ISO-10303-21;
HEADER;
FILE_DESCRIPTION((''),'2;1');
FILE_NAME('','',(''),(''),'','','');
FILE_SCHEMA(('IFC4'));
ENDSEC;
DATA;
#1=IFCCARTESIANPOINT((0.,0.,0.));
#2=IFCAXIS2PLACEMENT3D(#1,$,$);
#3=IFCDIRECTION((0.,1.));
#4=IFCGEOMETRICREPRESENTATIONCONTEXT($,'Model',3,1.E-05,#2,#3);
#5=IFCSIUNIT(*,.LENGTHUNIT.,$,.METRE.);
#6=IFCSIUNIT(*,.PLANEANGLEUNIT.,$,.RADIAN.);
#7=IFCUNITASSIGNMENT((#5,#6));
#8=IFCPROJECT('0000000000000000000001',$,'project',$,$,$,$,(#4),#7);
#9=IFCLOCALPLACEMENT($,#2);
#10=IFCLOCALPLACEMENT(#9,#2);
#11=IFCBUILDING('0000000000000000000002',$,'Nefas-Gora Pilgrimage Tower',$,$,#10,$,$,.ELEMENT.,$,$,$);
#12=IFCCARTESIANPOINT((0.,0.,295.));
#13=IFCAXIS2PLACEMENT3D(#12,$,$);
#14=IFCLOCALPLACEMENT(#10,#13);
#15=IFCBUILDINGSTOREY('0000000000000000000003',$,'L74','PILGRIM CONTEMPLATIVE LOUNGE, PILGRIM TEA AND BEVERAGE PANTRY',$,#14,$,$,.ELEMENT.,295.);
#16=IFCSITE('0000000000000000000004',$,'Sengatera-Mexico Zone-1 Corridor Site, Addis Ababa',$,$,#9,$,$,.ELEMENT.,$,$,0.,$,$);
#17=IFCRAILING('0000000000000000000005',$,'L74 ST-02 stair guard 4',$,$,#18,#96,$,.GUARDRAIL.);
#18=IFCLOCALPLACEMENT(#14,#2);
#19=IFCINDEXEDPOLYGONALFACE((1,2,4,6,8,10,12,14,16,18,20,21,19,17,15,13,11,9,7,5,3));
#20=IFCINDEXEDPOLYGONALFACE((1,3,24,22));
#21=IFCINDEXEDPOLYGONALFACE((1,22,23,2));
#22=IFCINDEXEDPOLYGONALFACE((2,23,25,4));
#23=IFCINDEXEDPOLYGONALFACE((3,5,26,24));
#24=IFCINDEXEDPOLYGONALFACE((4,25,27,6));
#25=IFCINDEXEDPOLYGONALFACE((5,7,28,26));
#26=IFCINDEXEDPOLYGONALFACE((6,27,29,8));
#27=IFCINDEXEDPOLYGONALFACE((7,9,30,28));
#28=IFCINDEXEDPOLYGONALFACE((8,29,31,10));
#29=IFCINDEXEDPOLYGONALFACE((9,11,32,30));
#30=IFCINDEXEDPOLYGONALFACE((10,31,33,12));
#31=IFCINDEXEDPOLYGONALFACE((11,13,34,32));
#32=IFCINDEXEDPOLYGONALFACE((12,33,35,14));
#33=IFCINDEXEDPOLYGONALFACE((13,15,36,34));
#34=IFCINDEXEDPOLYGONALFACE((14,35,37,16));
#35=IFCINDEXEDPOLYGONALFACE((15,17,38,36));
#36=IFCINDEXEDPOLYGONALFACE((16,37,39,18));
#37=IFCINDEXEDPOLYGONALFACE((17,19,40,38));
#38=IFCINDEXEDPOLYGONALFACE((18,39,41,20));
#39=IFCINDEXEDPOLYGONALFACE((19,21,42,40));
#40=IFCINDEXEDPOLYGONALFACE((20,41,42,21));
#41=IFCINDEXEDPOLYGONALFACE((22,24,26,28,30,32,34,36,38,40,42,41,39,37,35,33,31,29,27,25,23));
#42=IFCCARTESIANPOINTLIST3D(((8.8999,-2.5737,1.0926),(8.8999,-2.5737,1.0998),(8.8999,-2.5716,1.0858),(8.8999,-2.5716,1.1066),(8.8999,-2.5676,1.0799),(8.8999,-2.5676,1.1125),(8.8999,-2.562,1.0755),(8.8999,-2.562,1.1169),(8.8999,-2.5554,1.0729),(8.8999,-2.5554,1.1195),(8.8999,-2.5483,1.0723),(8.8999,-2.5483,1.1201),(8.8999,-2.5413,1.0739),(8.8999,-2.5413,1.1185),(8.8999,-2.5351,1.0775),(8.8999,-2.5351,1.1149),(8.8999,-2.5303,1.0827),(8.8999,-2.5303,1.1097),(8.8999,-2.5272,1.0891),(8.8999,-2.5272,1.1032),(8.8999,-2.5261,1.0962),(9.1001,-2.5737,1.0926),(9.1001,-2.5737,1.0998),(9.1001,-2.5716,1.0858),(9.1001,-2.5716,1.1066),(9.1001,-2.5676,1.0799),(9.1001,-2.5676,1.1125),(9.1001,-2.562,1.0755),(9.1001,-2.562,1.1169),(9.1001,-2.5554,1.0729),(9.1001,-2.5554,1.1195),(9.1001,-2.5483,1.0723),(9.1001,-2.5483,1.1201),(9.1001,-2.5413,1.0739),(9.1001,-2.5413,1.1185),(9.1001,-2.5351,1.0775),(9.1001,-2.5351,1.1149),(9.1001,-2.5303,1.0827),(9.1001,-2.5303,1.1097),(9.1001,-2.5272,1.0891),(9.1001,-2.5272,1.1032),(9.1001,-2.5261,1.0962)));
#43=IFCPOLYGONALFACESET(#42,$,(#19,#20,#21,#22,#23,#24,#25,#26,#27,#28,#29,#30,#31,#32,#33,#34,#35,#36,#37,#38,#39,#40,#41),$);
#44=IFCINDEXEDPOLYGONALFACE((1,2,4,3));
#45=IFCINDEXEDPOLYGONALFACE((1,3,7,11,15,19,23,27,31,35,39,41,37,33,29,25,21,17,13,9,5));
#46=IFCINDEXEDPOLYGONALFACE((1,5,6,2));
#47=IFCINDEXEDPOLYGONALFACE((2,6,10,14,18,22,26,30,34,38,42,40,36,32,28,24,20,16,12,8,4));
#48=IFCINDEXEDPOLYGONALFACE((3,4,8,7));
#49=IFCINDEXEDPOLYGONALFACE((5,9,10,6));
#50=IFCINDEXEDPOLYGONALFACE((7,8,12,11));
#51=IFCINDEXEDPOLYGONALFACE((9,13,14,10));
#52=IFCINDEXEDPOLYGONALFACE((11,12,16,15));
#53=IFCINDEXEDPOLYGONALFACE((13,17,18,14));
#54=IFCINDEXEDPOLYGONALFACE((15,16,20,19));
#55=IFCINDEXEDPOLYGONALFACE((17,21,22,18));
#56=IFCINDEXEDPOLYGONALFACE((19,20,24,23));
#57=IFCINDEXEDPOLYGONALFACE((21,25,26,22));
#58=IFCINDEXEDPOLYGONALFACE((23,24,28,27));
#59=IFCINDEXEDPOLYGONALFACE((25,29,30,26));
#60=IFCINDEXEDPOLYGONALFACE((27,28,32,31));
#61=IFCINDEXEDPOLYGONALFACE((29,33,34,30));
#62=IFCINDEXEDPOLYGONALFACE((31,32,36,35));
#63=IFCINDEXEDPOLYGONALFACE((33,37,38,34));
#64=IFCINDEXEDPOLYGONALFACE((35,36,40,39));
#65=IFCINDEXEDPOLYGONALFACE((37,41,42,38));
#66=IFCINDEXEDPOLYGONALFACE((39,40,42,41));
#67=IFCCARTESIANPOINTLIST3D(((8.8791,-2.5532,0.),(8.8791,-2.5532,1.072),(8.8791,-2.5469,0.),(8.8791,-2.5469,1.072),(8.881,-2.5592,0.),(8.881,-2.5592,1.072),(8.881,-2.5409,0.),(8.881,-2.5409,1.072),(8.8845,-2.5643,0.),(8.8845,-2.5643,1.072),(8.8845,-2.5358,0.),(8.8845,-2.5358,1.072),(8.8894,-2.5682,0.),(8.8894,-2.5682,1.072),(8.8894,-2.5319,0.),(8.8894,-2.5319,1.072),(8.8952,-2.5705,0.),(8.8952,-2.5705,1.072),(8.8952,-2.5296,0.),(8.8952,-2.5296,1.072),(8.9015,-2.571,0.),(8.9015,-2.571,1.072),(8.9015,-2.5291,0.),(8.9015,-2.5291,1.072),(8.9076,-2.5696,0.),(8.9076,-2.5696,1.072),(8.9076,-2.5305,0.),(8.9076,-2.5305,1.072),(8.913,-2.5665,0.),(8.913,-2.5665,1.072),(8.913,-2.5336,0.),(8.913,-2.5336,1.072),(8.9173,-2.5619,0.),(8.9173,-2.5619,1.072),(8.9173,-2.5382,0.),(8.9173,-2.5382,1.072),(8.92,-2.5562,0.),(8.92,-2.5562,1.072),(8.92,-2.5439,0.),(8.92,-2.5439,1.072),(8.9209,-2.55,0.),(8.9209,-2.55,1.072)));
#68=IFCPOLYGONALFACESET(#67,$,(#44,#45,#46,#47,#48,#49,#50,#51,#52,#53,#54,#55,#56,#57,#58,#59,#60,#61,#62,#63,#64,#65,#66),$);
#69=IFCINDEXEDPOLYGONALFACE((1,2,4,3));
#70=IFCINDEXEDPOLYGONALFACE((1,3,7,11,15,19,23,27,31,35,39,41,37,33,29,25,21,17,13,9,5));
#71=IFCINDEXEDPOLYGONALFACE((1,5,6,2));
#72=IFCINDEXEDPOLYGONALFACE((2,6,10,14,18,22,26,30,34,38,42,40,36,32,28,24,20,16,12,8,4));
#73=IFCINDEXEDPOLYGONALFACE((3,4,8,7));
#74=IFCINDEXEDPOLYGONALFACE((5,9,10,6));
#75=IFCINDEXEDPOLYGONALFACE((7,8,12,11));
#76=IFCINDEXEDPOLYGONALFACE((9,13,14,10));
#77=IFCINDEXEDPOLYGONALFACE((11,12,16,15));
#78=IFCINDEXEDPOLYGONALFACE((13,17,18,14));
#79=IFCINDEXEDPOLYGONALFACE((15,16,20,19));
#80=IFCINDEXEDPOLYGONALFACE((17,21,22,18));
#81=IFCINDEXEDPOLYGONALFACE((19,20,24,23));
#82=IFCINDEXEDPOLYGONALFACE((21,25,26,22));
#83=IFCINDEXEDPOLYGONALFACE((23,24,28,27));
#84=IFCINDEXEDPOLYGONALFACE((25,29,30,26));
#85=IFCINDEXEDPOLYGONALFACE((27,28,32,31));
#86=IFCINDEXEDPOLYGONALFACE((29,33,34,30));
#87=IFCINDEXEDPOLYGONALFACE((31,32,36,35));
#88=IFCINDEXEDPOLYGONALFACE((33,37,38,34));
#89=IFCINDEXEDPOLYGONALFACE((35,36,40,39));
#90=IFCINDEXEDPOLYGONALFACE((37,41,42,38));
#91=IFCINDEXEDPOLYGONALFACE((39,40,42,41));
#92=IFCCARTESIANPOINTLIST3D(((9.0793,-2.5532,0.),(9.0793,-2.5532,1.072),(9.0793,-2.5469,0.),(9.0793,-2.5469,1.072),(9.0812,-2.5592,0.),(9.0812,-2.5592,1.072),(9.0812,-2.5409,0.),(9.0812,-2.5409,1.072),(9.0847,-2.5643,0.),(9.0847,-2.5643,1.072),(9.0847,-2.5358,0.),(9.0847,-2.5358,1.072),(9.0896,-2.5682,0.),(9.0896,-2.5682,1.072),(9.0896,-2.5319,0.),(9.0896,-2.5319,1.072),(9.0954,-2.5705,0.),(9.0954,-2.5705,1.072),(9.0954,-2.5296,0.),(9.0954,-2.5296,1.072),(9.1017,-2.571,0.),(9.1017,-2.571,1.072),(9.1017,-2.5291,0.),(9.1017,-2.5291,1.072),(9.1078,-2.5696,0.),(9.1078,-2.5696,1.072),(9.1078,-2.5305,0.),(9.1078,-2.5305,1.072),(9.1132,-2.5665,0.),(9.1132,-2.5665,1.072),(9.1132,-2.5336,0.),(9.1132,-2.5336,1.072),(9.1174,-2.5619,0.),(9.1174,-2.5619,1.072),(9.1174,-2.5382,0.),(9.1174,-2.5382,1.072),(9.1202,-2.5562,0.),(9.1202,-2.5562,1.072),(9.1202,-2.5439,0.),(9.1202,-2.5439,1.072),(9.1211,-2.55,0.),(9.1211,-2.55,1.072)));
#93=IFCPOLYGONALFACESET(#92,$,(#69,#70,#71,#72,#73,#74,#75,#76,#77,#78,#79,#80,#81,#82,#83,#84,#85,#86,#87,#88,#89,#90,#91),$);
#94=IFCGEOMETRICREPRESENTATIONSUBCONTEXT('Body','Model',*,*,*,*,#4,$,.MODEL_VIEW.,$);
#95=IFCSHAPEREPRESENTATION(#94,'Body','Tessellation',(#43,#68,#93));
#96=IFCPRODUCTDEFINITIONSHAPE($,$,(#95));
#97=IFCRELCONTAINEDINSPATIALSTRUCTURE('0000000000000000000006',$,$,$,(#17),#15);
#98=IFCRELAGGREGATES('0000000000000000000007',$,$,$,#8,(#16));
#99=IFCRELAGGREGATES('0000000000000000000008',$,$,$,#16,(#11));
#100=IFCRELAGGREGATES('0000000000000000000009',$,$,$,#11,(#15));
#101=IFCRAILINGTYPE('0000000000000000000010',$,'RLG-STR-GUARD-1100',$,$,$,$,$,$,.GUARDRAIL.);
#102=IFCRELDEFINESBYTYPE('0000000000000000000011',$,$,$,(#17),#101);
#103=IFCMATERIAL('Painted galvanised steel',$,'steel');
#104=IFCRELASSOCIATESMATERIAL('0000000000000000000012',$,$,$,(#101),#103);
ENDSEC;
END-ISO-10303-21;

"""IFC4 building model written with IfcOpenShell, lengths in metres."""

from ifc_helpers import new_model, si_unit, direction, frame, origin, origin_2d, place, context, subcontext, project, spatial, circle, extrude, material, type_object, element, save


model = new_model("IFC4")

# Units and contexts
model_context = context("Model", 3, precision=1e-05, world=origin(), true_north=direction((0.0, 1.0)))
body_context = subcontext(model_context, "Body", "Model", "MODEL_VIEW")
ifc_project = project(units=[si_unit("LENGTHUNIT", "METRE"), si_unit("PLANEANGLEUNIT", "RADIAN")], contexts=[model_context])

# Site, building, storey
site_placement = place(None, origin())
site = spatial("IfcSite", under=ifc_project, at=site_placement, Name="Sengatera-Mexico Zone-1 Corridor Site, Addis Ababa", CompositionType="ELEMENT", RefElevation=0.0)
building_placement = place(site_placement, origin())
building = spatial("IfcBuilding", under=site, at=building_placement, Name="Nefas-Gora Pilgrimage Tower", CompositionType="ELEMENT")
storey_placement = place(building_placement, frame((0.0, 0.0, 295.0)))
storey = spatial("IfcBuildingStorey", under=building, at=storey_placement, Name="L74", Description="PILGRIM CONTEMPLATIVE LOUNGE, PILGRIM TEA AND BEVERAGE PANTRY", CompositionType="ELEMENT", Elevation=295.0)

# Railing
ifc_material_1 = material(Name="Painted galvanised steel", Category="steel")
railing_type_1 = type_object("IfcRailingType", Name="RLG-STR-GUARD-1100", PredefinedType="GUARDRAIL", material=ifc_material_1)
railing_1_placement = place(storey_placement, frame((8.8999, -2.55, 0.0)))
element("IfcRailing", 1, at=railing_1_placement, inside=storey, type_object=railing_type_1, Name="L74 ST-02 stair guard 4", PredefinedType="GUARDRAIL", context=body_context, shape_type="SweptSolid", body=[
    extrude(circle(Radius=0.0239, at=origin_2d()), frame((0.0, 0.0, 1.0962), z_axis=(1.0, 0.0, 0.0), x_axis=(0.0, 1.0, 0.0)), (0.0, 0.0, 1.0), 0.2002),
    extrude(circle(Radius=0.021, at=origin_2d()), origin(), (0.0, 0.0, 1.0), 1.072),
    extrude(circle(Radius=0.021, at=origin_2d()), frame((0.2002, 0.0, 0.0)), (0.0, 0.0, 1.0), 1.072),
])

save(model, "model.ifc")
